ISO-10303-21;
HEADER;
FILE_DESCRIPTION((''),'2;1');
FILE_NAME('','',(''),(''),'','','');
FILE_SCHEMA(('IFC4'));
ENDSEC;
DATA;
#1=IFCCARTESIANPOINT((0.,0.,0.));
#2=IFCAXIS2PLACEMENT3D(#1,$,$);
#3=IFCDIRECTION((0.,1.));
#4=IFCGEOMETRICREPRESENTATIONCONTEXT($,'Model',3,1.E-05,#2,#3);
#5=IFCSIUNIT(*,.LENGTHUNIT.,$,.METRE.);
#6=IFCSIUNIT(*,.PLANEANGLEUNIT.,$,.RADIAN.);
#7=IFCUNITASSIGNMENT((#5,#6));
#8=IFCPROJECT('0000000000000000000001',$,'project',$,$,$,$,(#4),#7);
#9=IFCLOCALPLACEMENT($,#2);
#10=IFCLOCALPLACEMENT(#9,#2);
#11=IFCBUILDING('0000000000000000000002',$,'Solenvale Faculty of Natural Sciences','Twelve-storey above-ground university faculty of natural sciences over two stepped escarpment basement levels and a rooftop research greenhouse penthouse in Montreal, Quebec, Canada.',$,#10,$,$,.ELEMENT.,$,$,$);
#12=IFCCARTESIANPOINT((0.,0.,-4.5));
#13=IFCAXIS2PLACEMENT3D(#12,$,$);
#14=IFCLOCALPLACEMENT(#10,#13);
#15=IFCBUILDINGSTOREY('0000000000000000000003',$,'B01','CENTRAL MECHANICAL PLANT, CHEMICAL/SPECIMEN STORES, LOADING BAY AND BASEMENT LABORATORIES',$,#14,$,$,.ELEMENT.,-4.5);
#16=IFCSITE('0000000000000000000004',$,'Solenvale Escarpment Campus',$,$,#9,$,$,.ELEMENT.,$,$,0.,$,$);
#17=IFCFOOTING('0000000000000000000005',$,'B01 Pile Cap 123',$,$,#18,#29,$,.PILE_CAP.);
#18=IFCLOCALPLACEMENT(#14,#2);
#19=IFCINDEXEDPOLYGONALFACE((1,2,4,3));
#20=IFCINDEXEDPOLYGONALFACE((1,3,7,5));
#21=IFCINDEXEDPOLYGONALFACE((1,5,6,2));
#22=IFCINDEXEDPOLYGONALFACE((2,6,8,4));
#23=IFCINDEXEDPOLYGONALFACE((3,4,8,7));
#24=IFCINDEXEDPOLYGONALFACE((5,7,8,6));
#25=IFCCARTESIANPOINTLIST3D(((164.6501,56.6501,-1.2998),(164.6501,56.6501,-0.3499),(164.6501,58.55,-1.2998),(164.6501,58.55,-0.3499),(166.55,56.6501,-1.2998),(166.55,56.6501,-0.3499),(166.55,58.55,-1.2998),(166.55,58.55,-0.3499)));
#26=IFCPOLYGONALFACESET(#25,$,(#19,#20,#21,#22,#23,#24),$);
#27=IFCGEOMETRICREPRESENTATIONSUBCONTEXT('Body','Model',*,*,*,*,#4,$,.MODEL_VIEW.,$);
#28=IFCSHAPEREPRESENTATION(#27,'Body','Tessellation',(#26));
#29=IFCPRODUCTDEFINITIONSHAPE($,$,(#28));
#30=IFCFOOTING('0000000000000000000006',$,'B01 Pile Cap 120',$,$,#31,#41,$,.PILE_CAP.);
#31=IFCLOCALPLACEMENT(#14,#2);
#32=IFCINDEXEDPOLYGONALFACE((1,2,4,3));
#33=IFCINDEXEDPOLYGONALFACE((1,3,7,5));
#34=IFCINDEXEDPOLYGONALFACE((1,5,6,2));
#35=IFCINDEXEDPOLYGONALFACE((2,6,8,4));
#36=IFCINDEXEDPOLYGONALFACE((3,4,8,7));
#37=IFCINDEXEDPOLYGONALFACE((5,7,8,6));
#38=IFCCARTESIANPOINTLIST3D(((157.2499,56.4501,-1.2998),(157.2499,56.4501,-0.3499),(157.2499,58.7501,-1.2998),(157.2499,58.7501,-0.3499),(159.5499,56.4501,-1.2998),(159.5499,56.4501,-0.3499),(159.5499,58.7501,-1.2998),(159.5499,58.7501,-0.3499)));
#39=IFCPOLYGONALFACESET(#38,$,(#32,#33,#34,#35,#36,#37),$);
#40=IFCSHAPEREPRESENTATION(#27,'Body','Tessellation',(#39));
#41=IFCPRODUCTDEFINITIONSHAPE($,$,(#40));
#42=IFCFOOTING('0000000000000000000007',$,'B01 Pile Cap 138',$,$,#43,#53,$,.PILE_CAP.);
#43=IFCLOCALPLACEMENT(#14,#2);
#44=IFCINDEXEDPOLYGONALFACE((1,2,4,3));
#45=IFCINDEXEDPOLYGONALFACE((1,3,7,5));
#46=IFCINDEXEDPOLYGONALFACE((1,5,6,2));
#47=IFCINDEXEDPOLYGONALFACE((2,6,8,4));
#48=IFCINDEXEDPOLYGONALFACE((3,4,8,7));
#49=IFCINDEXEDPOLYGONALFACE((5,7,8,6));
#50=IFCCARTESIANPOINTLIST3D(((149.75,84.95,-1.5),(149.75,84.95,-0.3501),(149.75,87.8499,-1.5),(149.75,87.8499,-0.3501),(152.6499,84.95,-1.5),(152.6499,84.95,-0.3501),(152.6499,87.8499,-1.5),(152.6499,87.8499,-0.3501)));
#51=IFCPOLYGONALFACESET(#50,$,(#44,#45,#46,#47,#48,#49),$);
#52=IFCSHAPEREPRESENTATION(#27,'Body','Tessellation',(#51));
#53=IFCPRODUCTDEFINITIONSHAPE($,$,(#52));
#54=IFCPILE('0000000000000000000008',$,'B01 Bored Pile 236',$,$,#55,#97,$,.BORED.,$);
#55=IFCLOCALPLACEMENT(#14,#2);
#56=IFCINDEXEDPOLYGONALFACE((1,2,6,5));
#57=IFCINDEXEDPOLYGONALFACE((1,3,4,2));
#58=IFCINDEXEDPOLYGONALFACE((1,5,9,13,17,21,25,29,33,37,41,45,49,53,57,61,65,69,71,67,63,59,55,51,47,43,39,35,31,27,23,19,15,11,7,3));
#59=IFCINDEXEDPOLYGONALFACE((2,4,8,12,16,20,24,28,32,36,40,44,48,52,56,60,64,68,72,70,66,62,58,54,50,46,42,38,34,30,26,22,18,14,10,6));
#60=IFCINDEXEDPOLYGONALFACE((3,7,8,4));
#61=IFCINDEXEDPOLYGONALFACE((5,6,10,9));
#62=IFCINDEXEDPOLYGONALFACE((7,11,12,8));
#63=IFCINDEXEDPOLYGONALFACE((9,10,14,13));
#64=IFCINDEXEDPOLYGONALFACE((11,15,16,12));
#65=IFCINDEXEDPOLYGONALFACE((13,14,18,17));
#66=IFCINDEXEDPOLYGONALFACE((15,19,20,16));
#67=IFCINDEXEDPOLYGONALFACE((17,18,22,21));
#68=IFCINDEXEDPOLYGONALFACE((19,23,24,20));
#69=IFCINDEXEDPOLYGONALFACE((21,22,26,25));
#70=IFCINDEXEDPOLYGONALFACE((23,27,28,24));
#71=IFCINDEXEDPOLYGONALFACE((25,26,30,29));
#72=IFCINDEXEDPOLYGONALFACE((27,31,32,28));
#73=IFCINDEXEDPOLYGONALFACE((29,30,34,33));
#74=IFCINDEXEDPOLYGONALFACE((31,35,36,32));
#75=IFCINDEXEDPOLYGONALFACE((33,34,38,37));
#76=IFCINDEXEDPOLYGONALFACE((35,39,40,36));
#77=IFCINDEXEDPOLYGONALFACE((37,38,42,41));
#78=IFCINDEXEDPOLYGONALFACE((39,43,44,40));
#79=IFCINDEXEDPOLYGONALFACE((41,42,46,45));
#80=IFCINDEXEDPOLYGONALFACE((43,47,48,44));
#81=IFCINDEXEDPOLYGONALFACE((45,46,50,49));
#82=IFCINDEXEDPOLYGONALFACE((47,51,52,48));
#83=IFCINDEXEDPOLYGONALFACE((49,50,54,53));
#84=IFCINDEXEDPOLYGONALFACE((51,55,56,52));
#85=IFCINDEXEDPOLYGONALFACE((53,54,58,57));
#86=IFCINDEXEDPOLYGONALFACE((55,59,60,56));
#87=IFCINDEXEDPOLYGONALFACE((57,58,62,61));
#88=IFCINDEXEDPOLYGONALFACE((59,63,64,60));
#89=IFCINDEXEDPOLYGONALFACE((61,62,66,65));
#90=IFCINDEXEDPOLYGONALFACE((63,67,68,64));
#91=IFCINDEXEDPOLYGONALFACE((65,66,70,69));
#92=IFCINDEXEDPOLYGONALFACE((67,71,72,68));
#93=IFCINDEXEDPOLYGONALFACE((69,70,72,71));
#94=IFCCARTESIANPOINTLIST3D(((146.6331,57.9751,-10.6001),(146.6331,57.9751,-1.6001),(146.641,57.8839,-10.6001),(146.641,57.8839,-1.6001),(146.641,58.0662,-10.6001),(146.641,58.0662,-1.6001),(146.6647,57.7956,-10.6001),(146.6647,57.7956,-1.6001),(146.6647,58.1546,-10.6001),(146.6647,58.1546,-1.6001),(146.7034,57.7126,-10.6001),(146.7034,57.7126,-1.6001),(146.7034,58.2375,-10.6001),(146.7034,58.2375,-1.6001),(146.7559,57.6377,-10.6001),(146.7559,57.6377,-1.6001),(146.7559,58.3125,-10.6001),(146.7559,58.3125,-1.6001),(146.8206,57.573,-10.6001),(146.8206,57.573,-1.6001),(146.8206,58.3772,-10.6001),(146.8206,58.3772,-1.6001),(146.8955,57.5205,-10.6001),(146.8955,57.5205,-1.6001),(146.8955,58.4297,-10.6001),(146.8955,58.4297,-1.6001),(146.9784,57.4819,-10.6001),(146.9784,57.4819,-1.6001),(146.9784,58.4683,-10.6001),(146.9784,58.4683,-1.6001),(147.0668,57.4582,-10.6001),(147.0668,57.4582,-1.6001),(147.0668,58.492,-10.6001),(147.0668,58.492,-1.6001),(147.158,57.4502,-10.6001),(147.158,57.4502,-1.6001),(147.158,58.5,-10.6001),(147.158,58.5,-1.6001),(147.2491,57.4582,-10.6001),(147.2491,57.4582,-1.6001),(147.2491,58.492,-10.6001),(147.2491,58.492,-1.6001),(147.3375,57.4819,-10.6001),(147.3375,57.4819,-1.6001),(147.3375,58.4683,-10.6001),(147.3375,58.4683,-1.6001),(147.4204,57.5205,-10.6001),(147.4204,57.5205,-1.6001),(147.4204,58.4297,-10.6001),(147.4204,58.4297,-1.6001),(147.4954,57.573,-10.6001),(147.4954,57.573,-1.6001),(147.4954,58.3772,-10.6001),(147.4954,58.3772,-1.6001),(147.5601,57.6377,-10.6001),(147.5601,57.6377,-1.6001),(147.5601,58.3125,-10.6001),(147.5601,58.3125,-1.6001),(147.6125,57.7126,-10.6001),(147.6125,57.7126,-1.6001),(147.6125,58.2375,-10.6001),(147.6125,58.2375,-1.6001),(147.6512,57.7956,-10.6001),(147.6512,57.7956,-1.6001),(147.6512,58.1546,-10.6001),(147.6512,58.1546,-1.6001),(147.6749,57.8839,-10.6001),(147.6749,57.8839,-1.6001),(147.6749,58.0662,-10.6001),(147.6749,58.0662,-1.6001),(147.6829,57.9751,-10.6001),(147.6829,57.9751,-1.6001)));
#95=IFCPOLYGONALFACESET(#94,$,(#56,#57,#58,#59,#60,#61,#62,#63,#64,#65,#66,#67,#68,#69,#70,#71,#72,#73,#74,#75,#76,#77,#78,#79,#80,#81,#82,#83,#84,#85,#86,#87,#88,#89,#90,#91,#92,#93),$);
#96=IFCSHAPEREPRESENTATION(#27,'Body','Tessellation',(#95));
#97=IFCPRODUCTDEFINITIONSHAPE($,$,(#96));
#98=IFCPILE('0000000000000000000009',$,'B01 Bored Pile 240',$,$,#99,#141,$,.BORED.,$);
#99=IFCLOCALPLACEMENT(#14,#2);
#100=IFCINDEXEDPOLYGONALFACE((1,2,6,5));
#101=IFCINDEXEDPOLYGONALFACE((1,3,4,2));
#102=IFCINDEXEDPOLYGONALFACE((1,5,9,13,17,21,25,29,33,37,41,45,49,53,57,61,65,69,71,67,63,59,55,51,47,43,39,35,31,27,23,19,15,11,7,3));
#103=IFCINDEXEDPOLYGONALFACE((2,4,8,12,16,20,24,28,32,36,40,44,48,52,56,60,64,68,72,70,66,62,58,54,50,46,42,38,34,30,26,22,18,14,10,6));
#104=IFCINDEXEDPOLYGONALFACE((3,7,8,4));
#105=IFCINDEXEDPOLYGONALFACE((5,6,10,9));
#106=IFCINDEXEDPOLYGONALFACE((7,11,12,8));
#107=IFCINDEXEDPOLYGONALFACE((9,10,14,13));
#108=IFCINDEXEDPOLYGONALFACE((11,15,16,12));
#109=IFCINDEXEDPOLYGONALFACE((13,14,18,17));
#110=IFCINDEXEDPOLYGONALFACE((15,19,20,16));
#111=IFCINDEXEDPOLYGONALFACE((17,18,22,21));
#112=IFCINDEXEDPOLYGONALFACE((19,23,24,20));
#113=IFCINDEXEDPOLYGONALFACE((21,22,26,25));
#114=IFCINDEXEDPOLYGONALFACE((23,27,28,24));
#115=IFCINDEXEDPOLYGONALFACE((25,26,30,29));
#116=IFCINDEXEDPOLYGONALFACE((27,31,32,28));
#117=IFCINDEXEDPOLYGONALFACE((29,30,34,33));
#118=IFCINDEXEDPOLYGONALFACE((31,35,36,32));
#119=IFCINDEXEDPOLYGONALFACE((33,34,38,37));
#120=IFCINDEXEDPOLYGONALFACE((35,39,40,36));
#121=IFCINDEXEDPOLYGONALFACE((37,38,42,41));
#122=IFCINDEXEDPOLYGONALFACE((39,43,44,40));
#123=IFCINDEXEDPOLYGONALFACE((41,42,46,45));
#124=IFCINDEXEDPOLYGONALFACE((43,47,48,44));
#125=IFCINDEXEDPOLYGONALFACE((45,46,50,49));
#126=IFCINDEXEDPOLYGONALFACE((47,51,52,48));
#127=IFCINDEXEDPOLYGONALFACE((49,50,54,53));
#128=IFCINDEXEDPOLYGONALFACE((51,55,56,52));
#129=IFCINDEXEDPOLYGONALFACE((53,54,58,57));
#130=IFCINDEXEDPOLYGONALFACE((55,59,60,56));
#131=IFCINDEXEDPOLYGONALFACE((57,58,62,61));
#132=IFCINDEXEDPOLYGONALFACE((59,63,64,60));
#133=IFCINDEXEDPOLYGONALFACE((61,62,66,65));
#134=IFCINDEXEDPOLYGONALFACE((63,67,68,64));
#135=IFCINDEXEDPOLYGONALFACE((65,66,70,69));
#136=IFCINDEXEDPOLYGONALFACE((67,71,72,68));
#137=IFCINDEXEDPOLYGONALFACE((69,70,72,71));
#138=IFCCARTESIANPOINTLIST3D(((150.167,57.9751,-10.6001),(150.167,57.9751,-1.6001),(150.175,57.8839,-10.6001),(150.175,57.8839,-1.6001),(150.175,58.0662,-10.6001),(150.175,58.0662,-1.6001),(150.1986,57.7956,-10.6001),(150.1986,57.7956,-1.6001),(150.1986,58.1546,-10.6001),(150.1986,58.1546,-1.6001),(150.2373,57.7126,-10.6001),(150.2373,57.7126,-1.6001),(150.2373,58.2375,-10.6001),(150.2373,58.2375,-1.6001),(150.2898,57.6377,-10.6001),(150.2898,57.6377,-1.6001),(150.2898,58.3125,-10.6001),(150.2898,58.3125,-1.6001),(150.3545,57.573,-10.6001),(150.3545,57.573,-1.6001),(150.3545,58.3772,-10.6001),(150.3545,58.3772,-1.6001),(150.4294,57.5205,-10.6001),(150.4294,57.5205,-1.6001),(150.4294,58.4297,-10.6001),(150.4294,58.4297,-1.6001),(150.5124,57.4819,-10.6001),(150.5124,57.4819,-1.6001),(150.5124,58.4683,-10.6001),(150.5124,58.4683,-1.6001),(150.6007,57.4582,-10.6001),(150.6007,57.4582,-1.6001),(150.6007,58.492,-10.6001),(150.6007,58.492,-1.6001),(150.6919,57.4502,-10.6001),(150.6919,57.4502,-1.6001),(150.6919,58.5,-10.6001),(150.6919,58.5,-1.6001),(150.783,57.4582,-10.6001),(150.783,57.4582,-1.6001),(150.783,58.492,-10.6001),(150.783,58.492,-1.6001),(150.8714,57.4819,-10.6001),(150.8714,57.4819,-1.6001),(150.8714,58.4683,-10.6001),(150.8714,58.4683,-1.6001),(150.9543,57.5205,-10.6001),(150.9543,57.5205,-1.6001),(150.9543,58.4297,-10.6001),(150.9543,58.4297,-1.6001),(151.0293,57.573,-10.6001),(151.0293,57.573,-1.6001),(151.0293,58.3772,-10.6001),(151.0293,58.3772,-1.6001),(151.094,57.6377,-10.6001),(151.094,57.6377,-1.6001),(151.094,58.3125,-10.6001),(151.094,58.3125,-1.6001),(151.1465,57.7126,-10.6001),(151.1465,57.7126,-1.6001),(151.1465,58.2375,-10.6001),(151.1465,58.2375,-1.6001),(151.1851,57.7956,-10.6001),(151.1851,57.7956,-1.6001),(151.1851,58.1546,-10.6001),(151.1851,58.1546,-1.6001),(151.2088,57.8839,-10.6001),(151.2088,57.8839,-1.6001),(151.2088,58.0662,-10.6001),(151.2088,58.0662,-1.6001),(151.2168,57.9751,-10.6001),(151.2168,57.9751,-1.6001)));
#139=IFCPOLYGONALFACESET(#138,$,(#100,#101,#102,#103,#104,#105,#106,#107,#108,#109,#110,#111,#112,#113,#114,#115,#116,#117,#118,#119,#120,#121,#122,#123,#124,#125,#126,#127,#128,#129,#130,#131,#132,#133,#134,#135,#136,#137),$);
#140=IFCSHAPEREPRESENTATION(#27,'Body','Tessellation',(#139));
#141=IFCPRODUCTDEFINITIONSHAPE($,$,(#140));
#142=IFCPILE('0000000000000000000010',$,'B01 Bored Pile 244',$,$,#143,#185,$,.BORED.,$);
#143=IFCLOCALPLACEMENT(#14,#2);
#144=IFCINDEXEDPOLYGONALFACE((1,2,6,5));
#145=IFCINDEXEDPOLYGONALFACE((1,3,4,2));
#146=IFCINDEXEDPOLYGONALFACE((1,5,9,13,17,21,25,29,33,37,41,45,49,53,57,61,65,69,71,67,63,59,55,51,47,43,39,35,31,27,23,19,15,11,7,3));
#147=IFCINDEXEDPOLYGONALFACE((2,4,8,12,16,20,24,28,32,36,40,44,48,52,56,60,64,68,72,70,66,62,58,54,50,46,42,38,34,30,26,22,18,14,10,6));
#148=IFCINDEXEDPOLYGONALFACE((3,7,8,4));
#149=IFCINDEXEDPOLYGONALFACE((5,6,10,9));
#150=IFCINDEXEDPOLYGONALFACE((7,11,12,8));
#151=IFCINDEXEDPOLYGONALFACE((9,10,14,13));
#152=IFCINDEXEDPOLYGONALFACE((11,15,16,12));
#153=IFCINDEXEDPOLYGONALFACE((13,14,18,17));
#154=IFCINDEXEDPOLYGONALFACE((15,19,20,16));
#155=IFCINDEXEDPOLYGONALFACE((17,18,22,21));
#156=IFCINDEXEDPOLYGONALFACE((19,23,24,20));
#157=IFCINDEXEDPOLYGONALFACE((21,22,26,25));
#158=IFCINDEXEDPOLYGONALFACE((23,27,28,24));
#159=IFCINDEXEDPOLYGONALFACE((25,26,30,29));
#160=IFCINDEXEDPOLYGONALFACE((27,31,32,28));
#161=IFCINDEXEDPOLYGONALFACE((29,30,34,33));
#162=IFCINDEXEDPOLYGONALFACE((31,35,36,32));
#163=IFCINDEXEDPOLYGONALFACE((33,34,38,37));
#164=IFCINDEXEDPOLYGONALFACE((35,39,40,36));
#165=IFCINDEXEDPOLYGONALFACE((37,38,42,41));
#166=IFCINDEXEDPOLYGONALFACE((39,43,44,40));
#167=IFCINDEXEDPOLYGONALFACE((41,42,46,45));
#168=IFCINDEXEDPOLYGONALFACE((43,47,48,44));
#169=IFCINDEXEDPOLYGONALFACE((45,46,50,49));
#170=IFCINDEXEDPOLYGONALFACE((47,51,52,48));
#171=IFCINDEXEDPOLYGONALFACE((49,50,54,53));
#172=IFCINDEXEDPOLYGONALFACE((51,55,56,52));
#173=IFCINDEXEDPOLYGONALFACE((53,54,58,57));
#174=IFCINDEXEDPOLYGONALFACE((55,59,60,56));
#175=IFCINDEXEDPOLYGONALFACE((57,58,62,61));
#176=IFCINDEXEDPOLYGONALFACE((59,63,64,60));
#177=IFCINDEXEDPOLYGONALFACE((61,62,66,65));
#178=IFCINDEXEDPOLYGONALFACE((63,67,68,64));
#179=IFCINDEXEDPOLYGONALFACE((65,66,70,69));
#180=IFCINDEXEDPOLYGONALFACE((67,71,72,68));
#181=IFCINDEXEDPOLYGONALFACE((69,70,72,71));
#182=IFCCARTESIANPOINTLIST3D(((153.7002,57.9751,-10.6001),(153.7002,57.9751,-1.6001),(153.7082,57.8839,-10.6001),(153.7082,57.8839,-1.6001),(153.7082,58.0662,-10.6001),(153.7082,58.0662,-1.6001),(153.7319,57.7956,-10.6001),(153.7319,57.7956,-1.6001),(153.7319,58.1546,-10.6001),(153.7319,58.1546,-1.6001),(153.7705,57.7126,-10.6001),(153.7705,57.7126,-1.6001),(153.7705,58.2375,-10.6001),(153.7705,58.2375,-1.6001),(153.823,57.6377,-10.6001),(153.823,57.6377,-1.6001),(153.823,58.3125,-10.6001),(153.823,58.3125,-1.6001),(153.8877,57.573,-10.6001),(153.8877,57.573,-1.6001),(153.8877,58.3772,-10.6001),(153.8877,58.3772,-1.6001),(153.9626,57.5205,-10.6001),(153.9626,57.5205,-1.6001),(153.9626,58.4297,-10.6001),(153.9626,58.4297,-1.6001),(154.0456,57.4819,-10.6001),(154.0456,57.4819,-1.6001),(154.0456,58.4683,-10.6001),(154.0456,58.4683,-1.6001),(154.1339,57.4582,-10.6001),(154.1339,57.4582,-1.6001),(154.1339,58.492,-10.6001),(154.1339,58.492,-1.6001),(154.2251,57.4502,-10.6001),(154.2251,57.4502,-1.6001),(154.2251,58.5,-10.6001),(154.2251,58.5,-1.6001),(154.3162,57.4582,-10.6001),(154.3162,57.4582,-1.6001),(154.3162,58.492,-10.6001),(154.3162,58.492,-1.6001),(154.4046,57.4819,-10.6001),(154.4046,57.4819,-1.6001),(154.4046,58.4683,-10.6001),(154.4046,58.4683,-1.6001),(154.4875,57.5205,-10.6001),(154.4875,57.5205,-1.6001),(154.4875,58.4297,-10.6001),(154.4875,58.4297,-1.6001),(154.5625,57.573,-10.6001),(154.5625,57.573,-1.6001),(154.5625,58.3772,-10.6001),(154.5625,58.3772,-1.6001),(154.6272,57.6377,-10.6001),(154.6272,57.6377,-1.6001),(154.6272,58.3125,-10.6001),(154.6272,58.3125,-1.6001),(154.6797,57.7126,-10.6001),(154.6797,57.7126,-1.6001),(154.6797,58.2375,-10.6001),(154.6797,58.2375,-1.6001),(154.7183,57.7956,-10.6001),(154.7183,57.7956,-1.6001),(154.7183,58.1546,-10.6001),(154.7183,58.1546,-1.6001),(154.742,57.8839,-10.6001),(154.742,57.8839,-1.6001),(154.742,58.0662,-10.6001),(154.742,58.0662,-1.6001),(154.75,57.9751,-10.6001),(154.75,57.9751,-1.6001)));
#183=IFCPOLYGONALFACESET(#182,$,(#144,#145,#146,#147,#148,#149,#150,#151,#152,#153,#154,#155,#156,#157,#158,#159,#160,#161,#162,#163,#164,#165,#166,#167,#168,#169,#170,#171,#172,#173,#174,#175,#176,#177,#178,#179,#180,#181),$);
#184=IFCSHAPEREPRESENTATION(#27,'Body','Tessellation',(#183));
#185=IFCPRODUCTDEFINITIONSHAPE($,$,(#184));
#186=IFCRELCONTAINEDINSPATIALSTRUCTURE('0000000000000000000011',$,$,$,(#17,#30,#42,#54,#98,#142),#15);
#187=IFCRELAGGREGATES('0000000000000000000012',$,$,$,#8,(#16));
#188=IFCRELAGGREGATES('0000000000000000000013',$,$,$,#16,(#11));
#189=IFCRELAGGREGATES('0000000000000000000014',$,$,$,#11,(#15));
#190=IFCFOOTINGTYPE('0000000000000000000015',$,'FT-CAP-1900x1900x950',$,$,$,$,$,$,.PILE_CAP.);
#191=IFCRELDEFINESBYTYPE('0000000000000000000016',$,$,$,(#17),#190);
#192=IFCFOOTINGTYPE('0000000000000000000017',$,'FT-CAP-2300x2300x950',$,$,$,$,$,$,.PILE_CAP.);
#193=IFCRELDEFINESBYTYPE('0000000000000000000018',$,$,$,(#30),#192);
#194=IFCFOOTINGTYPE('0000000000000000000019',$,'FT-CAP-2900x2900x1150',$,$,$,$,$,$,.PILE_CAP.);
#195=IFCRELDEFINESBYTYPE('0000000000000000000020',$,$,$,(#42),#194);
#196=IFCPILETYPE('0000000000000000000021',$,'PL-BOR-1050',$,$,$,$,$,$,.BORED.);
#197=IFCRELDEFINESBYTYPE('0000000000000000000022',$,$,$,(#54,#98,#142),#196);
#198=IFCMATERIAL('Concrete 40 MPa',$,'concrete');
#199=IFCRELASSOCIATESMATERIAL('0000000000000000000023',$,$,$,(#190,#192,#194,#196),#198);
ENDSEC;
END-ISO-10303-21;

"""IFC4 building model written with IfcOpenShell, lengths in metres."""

from ifc_helpers import new_model, si_unit, direction, frame, origin, origin_2d, place, context, subcontext, project, spatial, rectangle, circle, extrude, material, material_profile, profile_set, type_object, element, save


model = new_model("IFC4")

# Units and contexts
model_context = context("Model", 3, precision=1e-05, world=origin(), true_north=direction((0.0, 1.0)))
body_context = subcontext(model_context, "Body", "Model", "MODEL_VIEW")
ifc_project = project(units=[si_unit("LENGTHUNIT", "METRE"), si_unit("PLANEANGLEUNIT", "RADIAN")], contexts=[model_context])

# Site, building, storey
site_placement = place(None, origin())
site = spatial("IfcSite", under=ifc_project, at=site_placement, Name="Solenvale Escarpment Campus", CompositionType="ELEMENT", RefElevation=0.0)
building_placement = place(site_placement, origin())
building = spatial("IfcBuilding", under=site, at=building_placement, Name="Solenvale Faculty of Natural Sciences", Description="Twelve-storey above-ground university faculty of natural sciences over two stepped escarpment basement levels and a rooftop research greenhouse penthouse in Montreal, Quebec, Canada.", CompositionType="ELEMENT")
storey_placement = place(building_placement, frame((0.0, 0.0, -4.5)))
storey = spatial("IfcBuildingStorey", under=building, at=storey_placement, Name="B01", Description="CENTRAL MECHANICAL PLANT, CHEMICAL/SPECIMEN STORES, LOADING BAY AND BASEMENT LABORATORIES", CompositionType="ELEMENT", Elevation=-4.5)

# Footings
ifc_material_1 = material(Name="Concrete 40 MPa", Category="concrete")
footing_type_1 = type_object("IfcFootingType", Name="FT-CAP-1900x1900x950", PredefinedType="PILE_CAP", material=ifc_material_1)
footing_1_placement = place(storey_placement, frame((165.6001, 57.6001, -1.2998), z_axis=(0.0, 0.0, 1.0), x_axis=(1.0, 0.0, 0.0)))
element("IfcFooting", 1, at=footing_1_placement, inside=storey, type_object=footing_type_1, Name="B01 Pile Cap 123", PredefinedType="PILE_CAP", context=body_context, shape_type="SweptSolid", body=[
    extrude(rectangle(XDim=1.8999, YDim=1.8999, at=origin_2d()), origin(), (0.0, 0.0, 1.0), 0.95),
])
footing_type_2 = type_object("IfcFootingType", Name="FT-CAP-2300x2300x950", PredefinedType="PILE_CAP", material=ifc_material_1)
footing_2_placement = place(storey_placement, frame((158.3999, 57.6001, -1.2998), z_axis=(0.0, 0.0, 1.0), x_axis=(1.0, 0.0, 0.0)))
element("IfcFooting", 2, at=footing_2_placement, inside=storey, type_object=footing_type_2, Name="B01 Pile Cap 120", PredefinedType="PILE_CAP", context=body_context, shape_type="SweptSolid", body=[
    extrude(rectangle(XDim=2.3, YDim=2.3, at=origin_2d()), origin(), (0.0, 0.0, 1.0), 0.95),
])
footing_type_3 = type_object("IfcFootingType", Name="FT-CAP-2900x2900x1150", PredefinedType="PILE_CAP", material=ifc_material_1)
footing_3_placement = place(storey_placement, frame((151.2, 86.3999, -1.5), z_axis=(0.0, 0.0, 1.0), x_axis=(1.0, 0.0, 0.0)))
element("IfcFooting", 3, at=footing_3_placement, inside=storey, type_object=footing_type_3, Name="B01 Pile Cap 138", PredefinedType="PILE_CAP", context=body_context, shape_type="SweptSolid", body=[
    extrude(rectangle(XDim=2.8999, YDim=2.8999, at=origin_2d()), origin(), (0.0, 0.0, 1.0), 1.1499),
])

# Piles
ifc_material_profile_1 = material_profile(ifc_material_1, circle(Radius=0.5249, at=origin_2d()), Name="PILE-D1050")
ifc_profile_set_1 = profile_set([ifc_material_profile_1], Name="Concrete 40 MPa")
pile_type_1 = type_object("IfcPileType", Name="PL-BOR-1050", PredefinedType="BORED", material=ifc_profile_set_1)
for number, where, z_axis, x_axis, name in (
    (4, (147.158, 57.9751, -1.6001), (0.0, 0.0, -1.0), (1.0, 0.0, 0.0), "B01 Bored Pile 236"),
    (5, (150.6919, 57.9751, -1.6001), (0.0, 0.0, -1.0), (1.0, 0.0, 0.0), "B01 Bored Pile 240"),
    (6, (154.2251, 57.9751, -1.6001), (0.0, 0.0, -1.0), (1.0, 0.0, 0.0), "B01 Bored Pile 244"),
):
    element("IfcPile", number, at=place(storey_placement, frame(where, z_axis=z_axis, x_axis=x_axis)), inside=storey, type_object=pile_type_1, Name=name, PredefinedType="BORED", context=body_context, shape_type="SweptSolid", body=[
        extrude(circle(Radius=0.5249, at=origin_2d()), origin(), (0.0, 0.0, 1.0), 9.0),
    ])

save(model, "model.ifc")
